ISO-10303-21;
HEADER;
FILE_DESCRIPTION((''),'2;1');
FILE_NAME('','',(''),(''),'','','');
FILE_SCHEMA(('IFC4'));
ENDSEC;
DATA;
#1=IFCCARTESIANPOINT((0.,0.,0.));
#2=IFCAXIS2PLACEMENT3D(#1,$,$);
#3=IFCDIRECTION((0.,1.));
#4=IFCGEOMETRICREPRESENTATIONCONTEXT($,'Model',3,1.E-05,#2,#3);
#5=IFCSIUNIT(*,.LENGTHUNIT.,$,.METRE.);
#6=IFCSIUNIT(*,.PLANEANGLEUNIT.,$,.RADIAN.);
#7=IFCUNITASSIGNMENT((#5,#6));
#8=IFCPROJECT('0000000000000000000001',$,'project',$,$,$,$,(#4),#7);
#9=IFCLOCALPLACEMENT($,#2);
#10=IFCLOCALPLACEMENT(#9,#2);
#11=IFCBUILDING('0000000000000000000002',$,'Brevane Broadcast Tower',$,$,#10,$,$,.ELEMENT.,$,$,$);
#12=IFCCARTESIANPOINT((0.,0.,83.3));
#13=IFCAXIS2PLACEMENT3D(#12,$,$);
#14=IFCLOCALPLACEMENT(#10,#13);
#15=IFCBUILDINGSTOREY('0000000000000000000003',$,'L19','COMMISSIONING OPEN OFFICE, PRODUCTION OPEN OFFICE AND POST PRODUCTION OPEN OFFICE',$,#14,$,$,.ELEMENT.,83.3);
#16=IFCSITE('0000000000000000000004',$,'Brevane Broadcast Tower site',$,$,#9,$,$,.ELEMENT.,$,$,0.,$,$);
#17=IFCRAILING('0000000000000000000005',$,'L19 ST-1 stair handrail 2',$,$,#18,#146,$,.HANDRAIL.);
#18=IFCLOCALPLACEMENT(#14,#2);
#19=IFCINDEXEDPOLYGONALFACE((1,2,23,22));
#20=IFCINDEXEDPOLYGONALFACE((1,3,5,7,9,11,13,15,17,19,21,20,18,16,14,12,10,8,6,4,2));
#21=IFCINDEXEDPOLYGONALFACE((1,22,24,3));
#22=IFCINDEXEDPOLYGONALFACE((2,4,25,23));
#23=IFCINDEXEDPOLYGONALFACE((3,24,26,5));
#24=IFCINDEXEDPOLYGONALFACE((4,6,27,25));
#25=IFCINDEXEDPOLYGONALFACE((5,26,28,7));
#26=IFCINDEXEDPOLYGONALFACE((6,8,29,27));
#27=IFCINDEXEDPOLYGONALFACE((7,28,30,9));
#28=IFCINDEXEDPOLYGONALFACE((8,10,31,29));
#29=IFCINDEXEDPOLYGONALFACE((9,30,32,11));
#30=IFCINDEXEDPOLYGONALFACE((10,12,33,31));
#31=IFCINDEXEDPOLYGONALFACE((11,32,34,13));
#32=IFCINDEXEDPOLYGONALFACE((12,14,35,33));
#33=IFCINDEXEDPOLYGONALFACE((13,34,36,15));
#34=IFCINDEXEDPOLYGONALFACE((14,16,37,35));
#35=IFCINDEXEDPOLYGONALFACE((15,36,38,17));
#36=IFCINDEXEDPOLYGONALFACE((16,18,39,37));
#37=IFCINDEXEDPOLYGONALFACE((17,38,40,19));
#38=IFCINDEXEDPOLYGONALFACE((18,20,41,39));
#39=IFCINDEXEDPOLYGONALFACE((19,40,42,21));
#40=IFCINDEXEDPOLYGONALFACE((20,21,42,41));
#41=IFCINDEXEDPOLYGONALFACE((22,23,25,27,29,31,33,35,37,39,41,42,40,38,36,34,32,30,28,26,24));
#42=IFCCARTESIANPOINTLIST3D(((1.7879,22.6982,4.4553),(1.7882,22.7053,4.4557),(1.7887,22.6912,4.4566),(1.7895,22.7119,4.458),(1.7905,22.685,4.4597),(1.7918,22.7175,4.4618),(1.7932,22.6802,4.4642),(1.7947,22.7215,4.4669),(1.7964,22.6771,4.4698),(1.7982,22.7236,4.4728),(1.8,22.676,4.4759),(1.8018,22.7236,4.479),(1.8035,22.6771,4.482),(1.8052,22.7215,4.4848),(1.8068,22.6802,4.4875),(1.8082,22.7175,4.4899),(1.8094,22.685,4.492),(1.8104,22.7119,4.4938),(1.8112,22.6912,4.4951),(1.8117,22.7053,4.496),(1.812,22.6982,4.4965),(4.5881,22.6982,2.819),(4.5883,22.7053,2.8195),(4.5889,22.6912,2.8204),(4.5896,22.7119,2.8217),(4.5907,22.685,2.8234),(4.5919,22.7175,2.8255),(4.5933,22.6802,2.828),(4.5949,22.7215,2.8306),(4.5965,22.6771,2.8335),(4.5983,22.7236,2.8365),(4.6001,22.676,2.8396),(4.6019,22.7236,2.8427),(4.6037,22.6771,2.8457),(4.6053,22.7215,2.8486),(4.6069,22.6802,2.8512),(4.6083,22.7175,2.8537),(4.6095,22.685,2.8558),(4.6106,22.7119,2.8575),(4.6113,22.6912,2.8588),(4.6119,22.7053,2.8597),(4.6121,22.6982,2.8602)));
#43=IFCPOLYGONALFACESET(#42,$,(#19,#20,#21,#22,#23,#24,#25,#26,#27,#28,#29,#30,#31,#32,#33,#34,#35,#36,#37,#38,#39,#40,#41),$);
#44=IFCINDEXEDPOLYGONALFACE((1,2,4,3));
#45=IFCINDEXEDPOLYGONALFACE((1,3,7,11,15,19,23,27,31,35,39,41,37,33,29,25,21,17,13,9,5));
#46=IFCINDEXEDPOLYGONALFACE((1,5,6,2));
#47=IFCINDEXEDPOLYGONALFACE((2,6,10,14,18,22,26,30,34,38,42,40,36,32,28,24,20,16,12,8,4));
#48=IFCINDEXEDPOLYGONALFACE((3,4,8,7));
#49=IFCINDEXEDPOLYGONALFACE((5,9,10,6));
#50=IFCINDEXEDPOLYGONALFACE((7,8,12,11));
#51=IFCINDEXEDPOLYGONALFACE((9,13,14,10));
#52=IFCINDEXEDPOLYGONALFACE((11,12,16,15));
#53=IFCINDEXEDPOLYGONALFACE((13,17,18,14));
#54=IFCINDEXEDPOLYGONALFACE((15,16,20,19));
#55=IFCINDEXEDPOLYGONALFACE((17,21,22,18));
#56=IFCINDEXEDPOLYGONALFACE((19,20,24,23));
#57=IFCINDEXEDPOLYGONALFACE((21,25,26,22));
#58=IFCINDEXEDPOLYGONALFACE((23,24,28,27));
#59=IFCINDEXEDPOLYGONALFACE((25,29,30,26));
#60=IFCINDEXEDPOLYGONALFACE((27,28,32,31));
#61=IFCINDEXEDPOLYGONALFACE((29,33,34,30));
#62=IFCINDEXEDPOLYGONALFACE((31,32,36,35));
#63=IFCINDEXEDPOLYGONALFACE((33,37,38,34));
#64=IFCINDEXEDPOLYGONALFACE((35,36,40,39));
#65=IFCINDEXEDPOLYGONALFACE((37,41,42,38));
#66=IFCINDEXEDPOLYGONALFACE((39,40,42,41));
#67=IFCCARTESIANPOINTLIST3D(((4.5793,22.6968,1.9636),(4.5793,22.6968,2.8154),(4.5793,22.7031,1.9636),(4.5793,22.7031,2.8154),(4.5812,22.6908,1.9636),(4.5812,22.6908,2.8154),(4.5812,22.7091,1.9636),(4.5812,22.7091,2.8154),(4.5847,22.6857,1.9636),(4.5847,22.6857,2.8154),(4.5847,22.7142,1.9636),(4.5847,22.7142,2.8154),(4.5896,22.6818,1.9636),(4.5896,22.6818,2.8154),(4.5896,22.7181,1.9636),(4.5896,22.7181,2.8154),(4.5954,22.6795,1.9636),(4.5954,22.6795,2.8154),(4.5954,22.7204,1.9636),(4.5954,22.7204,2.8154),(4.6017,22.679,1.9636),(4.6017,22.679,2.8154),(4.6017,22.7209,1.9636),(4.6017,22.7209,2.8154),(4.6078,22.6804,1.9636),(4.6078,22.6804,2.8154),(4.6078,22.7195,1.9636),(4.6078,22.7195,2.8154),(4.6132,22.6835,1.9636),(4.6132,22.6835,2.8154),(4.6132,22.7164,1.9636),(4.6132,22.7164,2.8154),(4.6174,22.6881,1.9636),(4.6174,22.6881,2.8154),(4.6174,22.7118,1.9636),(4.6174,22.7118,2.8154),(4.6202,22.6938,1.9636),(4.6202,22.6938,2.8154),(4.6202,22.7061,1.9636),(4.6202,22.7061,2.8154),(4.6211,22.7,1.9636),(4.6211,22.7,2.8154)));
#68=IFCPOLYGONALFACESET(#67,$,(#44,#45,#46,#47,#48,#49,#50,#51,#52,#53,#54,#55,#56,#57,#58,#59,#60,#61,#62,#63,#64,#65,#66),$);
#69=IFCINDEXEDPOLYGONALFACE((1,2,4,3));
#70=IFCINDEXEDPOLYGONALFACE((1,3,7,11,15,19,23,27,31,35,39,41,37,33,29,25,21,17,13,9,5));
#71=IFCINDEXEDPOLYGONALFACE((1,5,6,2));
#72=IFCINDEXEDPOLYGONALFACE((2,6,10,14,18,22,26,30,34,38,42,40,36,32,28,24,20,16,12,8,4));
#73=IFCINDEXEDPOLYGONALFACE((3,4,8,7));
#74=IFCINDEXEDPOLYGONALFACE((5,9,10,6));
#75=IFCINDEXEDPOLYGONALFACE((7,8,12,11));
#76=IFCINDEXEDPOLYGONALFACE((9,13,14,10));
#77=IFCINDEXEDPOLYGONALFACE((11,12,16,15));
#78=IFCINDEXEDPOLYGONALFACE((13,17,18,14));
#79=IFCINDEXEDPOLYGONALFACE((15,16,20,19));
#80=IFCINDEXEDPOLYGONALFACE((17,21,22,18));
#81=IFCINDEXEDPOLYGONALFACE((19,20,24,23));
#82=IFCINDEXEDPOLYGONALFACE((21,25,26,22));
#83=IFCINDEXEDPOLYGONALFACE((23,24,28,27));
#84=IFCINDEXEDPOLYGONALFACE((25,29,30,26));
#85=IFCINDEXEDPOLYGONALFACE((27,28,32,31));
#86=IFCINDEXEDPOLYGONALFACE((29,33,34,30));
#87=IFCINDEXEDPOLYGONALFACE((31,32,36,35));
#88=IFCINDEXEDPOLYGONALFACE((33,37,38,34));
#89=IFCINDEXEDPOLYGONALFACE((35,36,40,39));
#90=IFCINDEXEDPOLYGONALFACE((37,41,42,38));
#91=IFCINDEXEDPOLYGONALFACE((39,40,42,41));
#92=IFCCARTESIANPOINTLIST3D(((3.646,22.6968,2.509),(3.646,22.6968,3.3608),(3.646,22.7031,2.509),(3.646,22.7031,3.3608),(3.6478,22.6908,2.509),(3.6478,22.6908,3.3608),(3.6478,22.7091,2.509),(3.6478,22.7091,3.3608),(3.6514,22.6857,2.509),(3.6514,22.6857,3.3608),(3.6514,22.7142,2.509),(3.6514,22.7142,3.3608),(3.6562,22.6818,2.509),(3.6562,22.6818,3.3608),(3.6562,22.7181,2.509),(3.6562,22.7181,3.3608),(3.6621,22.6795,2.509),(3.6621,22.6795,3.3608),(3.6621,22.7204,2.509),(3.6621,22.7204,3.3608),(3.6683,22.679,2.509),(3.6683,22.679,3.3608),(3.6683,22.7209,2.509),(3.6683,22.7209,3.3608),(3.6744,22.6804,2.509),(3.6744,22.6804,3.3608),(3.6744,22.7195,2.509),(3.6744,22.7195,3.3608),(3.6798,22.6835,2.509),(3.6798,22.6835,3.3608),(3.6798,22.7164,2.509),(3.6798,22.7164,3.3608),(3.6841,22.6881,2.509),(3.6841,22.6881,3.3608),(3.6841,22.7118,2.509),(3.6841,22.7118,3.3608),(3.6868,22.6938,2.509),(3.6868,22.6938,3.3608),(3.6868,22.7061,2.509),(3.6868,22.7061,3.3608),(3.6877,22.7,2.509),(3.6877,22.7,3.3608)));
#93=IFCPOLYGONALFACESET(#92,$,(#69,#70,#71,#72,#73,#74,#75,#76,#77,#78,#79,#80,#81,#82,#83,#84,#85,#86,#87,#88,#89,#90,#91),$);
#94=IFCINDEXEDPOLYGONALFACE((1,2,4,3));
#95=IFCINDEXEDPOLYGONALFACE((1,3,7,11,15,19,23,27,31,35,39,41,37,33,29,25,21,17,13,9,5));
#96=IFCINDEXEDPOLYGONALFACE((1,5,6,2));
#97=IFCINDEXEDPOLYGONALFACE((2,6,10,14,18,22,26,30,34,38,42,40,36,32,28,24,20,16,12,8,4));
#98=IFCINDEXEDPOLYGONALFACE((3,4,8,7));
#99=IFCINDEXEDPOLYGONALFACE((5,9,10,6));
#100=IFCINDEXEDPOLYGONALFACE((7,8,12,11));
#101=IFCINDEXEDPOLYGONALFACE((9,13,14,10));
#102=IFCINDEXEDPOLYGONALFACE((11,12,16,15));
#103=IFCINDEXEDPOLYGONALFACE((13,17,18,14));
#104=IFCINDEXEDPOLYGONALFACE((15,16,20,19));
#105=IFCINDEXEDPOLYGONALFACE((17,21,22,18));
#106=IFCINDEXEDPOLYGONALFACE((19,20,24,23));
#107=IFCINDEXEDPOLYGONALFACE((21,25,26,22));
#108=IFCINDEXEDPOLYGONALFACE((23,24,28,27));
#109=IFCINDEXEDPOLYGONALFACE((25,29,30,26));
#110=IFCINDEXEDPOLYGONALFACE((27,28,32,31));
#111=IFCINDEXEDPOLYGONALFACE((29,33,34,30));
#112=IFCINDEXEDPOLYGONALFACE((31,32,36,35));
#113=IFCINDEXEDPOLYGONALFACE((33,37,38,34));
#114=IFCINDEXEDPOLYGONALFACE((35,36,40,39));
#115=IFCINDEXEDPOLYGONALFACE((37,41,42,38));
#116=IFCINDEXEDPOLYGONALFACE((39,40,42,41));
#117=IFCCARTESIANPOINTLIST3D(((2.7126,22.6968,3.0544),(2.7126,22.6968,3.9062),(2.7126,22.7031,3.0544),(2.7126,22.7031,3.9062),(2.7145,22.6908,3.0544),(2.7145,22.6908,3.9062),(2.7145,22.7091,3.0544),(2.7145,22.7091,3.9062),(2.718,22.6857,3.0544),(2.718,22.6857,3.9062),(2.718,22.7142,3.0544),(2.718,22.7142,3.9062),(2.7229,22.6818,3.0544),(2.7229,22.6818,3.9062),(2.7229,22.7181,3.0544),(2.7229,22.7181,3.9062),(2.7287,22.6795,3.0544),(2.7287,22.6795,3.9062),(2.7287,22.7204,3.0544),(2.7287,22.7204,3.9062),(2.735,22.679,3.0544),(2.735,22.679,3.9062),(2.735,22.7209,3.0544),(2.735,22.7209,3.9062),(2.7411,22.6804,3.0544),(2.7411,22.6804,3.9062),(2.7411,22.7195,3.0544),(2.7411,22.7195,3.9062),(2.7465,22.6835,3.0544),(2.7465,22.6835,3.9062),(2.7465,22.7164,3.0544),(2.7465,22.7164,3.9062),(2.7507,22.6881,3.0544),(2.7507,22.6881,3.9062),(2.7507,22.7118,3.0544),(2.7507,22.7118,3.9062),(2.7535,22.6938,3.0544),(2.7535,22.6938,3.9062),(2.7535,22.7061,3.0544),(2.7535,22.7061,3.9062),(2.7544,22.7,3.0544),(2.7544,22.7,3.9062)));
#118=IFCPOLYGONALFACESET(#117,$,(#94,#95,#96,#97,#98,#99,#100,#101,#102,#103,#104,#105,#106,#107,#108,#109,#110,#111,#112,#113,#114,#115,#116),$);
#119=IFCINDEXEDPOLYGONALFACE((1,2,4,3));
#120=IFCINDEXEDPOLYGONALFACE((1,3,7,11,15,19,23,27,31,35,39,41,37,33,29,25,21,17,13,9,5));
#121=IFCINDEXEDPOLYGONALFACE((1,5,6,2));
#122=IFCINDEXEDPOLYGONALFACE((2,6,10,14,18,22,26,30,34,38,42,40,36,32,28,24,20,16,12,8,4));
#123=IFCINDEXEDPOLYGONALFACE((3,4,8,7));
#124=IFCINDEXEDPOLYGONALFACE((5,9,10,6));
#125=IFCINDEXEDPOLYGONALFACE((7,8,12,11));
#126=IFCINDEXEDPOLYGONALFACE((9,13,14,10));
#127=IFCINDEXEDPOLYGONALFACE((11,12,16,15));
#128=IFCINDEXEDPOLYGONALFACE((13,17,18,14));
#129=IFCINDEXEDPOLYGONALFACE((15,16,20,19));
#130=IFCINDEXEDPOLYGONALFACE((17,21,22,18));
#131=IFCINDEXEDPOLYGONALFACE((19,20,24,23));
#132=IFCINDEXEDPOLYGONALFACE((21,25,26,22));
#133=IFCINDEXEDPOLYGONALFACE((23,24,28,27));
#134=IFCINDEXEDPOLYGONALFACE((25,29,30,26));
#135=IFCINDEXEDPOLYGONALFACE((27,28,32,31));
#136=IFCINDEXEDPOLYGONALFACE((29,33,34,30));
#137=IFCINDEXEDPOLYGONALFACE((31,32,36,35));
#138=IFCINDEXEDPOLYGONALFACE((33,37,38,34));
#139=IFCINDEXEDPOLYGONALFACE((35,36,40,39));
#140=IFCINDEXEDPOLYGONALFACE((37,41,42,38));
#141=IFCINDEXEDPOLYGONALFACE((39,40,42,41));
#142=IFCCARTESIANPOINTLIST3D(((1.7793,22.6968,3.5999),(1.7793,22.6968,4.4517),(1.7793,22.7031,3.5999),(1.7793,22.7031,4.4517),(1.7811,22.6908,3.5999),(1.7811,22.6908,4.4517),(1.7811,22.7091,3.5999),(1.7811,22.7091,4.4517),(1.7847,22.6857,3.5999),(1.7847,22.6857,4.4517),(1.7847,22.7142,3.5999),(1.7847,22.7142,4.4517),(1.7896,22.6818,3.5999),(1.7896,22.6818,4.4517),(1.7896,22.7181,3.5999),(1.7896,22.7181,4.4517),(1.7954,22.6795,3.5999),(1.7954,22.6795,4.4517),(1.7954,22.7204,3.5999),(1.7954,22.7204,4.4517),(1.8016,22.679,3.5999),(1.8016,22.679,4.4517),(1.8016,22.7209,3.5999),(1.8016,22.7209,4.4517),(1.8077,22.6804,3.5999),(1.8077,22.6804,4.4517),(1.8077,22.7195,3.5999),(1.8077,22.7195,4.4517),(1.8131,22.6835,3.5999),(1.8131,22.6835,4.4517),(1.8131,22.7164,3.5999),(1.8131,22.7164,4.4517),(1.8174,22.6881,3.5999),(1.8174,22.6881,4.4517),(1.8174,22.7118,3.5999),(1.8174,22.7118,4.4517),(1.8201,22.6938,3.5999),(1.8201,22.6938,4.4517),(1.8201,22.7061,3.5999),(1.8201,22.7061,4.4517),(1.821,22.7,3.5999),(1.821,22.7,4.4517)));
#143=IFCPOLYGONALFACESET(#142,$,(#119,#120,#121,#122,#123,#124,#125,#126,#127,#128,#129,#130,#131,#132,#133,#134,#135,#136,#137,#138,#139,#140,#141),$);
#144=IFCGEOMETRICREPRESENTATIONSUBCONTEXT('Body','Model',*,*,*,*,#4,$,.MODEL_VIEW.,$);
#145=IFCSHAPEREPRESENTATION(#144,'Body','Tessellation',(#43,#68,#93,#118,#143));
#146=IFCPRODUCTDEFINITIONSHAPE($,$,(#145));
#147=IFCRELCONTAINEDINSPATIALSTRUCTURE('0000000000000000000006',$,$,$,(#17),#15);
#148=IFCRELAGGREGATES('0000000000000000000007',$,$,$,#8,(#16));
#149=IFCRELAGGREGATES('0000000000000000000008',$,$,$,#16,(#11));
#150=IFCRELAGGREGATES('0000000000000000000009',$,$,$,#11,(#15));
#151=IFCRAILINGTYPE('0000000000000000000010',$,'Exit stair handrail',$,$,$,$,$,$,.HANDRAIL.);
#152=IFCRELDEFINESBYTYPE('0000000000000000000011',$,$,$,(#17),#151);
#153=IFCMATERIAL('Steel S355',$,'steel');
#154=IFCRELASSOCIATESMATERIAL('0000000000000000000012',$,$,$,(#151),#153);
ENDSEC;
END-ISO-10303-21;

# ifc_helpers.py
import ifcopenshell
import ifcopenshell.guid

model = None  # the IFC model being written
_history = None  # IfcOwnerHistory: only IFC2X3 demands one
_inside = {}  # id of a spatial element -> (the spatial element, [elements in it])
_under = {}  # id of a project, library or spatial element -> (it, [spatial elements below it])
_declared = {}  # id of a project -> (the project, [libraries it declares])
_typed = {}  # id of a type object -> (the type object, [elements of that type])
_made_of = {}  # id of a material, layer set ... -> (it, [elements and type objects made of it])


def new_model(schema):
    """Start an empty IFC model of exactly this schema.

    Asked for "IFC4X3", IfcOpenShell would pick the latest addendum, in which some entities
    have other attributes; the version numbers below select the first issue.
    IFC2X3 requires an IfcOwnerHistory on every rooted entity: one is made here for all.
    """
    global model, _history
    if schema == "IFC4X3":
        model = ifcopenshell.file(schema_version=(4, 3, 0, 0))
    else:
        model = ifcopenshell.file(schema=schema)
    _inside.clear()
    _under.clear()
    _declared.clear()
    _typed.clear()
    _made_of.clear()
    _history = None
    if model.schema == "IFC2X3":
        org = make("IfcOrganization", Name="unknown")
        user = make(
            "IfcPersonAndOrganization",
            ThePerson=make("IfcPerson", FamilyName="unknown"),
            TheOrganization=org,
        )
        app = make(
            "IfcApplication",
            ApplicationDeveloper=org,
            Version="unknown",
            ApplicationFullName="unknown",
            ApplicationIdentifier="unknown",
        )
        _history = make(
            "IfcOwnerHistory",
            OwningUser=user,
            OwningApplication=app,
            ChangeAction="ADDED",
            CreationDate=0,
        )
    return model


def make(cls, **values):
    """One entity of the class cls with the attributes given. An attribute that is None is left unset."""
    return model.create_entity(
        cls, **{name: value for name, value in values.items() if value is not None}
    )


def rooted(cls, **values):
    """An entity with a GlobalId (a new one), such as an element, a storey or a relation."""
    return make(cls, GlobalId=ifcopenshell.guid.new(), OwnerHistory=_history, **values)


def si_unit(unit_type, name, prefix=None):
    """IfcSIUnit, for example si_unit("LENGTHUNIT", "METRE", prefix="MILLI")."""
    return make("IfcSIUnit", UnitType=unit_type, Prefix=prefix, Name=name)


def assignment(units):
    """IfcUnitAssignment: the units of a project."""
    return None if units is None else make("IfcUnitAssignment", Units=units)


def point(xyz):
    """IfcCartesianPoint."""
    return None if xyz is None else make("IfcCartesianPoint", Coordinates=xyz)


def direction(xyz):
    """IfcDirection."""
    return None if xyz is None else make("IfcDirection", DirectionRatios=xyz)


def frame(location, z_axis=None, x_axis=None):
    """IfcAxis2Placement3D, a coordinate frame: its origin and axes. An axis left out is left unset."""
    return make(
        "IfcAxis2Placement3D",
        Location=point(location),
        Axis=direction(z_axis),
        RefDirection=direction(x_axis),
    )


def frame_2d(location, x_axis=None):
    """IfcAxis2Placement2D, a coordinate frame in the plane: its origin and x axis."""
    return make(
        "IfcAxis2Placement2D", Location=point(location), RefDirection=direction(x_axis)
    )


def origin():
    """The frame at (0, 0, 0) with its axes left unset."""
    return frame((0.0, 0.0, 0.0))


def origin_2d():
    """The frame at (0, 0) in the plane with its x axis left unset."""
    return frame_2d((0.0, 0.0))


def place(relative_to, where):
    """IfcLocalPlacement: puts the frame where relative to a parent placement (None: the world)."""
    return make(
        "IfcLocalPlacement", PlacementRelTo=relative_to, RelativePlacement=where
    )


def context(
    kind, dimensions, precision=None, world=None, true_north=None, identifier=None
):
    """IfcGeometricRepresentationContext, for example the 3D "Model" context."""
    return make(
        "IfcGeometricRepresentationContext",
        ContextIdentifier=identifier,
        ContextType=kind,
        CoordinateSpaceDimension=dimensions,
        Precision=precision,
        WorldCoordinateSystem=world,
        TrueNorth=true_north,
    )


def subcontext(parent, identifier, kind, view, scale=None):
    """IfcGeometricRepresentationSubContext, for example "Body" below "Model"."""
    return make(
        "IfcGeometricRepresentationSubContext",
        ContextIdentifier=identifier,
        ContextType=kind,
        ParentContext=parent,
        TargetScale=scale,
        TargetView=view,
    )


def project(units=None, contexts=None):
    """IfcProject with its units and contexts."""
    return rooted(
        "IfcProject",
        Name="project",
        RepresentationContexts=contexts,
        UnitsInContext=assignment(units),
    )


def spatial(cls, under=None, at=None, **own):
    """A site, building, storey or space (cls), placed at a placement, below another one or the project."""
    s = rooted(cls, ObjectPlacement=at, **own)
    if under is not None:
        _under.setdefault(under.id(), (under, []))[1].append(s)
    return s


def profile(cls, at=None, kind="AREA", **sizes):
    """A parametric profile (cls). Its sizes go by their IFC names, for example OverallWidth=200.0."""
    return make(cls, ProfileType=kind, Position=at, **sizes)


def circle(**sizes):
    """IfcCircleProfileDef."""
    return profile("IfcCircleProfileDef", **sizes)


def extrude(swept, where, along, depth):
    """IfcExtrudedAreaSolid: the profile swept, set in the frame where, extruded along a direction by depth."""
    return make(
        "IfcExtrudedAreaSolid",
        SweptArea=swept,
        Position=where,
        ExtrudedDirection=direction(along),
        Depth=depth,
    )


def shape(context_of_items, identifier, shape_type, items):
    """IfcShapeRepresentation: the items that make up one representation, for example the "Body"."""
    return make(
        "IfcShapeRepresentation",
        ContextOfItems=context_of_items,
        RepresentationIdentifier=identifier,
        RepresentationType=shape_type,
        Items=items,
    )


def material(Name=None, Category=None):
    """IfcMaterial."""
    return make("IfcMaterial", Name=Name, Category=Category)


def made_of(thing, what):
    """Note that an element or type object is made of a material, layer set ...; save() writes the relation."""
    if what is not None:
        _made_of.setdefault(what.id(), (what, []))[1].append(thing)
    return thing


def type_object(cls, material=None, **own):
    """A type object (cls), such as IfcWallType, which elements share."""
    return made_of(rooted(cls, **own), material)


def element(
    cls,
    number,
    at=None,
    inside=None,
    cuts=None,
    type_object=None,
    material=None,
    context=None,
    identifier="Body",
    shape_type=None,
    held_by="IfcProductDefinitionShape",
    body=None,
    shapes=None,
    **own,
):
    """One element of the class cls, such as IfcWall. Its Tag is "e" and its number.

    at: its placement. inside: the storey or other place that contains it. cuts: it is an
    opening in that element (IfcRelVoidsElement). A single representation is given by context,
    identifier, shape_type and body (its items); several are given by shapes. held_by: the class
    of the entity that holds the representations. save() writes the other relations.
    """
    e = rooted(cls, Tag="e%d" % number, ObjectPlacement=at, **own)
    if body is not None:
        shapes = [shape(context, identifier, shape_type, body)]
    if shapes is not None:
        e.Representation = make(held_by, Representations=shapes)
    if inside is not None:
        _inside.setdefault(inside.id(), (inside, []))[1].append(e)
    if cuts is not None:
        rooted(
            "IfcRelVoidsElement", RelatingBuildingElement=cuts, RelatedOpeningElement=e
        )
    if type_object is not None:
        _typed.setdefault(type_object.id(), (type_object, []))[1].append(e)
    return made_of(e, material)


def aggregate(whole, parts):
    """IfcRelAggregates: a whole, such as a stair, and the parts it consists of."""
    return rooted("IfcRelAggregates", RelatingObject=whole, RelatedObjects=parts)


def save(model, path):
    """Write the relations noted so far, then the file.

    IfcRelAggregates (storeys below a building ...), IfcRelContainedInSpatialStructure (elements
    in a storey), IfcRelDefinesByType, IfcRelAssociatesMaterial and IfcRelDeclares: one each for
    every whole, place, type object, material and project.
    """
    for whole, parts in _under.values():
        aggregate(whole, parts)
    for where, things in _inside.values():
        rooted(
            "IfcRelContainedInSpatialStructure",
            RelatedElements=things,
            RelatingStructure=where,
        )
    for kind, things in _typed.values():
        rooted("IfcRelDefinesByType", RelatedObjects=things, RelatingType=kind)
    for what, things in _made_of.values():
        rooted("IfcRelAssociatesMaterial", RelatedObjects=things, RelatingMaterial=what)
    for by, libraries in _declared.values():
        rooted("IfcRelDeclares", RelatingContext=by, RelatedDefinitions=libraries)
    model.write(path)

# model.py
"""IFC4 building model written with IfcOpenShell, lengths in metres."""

from ifc_helpers import new_model, si_unit, direction, frame, origin, origin_2d, place, context, subcontext, project, spatial, circle, extrude, material, type_object, element, save


model = new_model("IFC4")

# Units and contexts
model_context = context("Model", 3, precision=1e-05, world=origin(), true_north=direction((0.0, 1.0)))
body_context = subcontext(model_context, "Body", "Model", "MODEL_VIEW")
ifc_project = project(units=[si_unit("LENGTHUNIT", "METRE"), si_unit("PLANEANGLEUNIT", "RADIAN")], contexts=[model_context])

# Site, building, storey
site_placement = place(None, origin())
site = spatial("IfcSite", under=ifc_project, at=site_placement, Name="Brevane Broadcast Tower site", CompositionType="ELEMENT", RefElevation=0.0)
building_placement = place(site_placement, origin())
building = spatial("IfcBuilding", under=site, at=building_placement, Name="Brevane Broadcast Tower", CompositionType="ELEMENT")
storey_placement = place(building_placement, frame((0.0, 0.0, 83.3)))
storey = spatial("IfcBuildingStorey", under=building, at=storey_placement, Name="L19", Description="COMMISSIONING OPEN OFFICE, PRODUCTION OPEN OFFICE AND POST PRODUCTION OPEN OFFICE", CompositionType="ELEMENT", Elevation=83.3)

# Railing
ifc_material_1 = material(Name="Steel S355", Category="steel")
railing_type_1 = type_object("IfcRailingType", Name="Exit stair handrail", PredefinedType="HANDRAIL", material=ifc_material_1)
railing_1_placement = place(storey_placement, frame((4.6001, 22.7, 1.9636)))
element("IfcRailing", 1, at=railing_1_placement, inside=storey, type_object=railing_type_1, Name="L19 ST-1 stair handrail 2", PredefinedType="HANDRAIL", context=body_context, shape_type="SweptSolid", body=[
    extrude(circle(Radius=0.0239, at=origin_2d()), frame((0.0, 0.0, 0.876), z_axis=(-0.863394, 0.0, 0.504531), x_axis=(0.0, -1.0, 0.0)), (0.0, 0.0, 1.0), 3.2432),
    extrude(circle(Radius=0.021, at=origin_2d()), origin(), (0.0, 0.0, 1.0), 0.8518),
    extrude(circle(Radius=0.021, at=origin_2d()), frame((-0.9333, 0.0, 0.5454)), (0.0, 0.0, 1.0), 0.8518),
    extrude(circle(Radius=0.021, at=origin_2d()), frame((-1.8667, 0.0, 1.0908)), (0.0, 0.0, 1.0), 0.8518),
    extrude(circle(Radius=0.021, at=origin_2d()), frame((-2.8, 0.0, 1.6362)), (0.0, 0.0, 1.0), 0.8518),
])

save(model, "model.ifc")
